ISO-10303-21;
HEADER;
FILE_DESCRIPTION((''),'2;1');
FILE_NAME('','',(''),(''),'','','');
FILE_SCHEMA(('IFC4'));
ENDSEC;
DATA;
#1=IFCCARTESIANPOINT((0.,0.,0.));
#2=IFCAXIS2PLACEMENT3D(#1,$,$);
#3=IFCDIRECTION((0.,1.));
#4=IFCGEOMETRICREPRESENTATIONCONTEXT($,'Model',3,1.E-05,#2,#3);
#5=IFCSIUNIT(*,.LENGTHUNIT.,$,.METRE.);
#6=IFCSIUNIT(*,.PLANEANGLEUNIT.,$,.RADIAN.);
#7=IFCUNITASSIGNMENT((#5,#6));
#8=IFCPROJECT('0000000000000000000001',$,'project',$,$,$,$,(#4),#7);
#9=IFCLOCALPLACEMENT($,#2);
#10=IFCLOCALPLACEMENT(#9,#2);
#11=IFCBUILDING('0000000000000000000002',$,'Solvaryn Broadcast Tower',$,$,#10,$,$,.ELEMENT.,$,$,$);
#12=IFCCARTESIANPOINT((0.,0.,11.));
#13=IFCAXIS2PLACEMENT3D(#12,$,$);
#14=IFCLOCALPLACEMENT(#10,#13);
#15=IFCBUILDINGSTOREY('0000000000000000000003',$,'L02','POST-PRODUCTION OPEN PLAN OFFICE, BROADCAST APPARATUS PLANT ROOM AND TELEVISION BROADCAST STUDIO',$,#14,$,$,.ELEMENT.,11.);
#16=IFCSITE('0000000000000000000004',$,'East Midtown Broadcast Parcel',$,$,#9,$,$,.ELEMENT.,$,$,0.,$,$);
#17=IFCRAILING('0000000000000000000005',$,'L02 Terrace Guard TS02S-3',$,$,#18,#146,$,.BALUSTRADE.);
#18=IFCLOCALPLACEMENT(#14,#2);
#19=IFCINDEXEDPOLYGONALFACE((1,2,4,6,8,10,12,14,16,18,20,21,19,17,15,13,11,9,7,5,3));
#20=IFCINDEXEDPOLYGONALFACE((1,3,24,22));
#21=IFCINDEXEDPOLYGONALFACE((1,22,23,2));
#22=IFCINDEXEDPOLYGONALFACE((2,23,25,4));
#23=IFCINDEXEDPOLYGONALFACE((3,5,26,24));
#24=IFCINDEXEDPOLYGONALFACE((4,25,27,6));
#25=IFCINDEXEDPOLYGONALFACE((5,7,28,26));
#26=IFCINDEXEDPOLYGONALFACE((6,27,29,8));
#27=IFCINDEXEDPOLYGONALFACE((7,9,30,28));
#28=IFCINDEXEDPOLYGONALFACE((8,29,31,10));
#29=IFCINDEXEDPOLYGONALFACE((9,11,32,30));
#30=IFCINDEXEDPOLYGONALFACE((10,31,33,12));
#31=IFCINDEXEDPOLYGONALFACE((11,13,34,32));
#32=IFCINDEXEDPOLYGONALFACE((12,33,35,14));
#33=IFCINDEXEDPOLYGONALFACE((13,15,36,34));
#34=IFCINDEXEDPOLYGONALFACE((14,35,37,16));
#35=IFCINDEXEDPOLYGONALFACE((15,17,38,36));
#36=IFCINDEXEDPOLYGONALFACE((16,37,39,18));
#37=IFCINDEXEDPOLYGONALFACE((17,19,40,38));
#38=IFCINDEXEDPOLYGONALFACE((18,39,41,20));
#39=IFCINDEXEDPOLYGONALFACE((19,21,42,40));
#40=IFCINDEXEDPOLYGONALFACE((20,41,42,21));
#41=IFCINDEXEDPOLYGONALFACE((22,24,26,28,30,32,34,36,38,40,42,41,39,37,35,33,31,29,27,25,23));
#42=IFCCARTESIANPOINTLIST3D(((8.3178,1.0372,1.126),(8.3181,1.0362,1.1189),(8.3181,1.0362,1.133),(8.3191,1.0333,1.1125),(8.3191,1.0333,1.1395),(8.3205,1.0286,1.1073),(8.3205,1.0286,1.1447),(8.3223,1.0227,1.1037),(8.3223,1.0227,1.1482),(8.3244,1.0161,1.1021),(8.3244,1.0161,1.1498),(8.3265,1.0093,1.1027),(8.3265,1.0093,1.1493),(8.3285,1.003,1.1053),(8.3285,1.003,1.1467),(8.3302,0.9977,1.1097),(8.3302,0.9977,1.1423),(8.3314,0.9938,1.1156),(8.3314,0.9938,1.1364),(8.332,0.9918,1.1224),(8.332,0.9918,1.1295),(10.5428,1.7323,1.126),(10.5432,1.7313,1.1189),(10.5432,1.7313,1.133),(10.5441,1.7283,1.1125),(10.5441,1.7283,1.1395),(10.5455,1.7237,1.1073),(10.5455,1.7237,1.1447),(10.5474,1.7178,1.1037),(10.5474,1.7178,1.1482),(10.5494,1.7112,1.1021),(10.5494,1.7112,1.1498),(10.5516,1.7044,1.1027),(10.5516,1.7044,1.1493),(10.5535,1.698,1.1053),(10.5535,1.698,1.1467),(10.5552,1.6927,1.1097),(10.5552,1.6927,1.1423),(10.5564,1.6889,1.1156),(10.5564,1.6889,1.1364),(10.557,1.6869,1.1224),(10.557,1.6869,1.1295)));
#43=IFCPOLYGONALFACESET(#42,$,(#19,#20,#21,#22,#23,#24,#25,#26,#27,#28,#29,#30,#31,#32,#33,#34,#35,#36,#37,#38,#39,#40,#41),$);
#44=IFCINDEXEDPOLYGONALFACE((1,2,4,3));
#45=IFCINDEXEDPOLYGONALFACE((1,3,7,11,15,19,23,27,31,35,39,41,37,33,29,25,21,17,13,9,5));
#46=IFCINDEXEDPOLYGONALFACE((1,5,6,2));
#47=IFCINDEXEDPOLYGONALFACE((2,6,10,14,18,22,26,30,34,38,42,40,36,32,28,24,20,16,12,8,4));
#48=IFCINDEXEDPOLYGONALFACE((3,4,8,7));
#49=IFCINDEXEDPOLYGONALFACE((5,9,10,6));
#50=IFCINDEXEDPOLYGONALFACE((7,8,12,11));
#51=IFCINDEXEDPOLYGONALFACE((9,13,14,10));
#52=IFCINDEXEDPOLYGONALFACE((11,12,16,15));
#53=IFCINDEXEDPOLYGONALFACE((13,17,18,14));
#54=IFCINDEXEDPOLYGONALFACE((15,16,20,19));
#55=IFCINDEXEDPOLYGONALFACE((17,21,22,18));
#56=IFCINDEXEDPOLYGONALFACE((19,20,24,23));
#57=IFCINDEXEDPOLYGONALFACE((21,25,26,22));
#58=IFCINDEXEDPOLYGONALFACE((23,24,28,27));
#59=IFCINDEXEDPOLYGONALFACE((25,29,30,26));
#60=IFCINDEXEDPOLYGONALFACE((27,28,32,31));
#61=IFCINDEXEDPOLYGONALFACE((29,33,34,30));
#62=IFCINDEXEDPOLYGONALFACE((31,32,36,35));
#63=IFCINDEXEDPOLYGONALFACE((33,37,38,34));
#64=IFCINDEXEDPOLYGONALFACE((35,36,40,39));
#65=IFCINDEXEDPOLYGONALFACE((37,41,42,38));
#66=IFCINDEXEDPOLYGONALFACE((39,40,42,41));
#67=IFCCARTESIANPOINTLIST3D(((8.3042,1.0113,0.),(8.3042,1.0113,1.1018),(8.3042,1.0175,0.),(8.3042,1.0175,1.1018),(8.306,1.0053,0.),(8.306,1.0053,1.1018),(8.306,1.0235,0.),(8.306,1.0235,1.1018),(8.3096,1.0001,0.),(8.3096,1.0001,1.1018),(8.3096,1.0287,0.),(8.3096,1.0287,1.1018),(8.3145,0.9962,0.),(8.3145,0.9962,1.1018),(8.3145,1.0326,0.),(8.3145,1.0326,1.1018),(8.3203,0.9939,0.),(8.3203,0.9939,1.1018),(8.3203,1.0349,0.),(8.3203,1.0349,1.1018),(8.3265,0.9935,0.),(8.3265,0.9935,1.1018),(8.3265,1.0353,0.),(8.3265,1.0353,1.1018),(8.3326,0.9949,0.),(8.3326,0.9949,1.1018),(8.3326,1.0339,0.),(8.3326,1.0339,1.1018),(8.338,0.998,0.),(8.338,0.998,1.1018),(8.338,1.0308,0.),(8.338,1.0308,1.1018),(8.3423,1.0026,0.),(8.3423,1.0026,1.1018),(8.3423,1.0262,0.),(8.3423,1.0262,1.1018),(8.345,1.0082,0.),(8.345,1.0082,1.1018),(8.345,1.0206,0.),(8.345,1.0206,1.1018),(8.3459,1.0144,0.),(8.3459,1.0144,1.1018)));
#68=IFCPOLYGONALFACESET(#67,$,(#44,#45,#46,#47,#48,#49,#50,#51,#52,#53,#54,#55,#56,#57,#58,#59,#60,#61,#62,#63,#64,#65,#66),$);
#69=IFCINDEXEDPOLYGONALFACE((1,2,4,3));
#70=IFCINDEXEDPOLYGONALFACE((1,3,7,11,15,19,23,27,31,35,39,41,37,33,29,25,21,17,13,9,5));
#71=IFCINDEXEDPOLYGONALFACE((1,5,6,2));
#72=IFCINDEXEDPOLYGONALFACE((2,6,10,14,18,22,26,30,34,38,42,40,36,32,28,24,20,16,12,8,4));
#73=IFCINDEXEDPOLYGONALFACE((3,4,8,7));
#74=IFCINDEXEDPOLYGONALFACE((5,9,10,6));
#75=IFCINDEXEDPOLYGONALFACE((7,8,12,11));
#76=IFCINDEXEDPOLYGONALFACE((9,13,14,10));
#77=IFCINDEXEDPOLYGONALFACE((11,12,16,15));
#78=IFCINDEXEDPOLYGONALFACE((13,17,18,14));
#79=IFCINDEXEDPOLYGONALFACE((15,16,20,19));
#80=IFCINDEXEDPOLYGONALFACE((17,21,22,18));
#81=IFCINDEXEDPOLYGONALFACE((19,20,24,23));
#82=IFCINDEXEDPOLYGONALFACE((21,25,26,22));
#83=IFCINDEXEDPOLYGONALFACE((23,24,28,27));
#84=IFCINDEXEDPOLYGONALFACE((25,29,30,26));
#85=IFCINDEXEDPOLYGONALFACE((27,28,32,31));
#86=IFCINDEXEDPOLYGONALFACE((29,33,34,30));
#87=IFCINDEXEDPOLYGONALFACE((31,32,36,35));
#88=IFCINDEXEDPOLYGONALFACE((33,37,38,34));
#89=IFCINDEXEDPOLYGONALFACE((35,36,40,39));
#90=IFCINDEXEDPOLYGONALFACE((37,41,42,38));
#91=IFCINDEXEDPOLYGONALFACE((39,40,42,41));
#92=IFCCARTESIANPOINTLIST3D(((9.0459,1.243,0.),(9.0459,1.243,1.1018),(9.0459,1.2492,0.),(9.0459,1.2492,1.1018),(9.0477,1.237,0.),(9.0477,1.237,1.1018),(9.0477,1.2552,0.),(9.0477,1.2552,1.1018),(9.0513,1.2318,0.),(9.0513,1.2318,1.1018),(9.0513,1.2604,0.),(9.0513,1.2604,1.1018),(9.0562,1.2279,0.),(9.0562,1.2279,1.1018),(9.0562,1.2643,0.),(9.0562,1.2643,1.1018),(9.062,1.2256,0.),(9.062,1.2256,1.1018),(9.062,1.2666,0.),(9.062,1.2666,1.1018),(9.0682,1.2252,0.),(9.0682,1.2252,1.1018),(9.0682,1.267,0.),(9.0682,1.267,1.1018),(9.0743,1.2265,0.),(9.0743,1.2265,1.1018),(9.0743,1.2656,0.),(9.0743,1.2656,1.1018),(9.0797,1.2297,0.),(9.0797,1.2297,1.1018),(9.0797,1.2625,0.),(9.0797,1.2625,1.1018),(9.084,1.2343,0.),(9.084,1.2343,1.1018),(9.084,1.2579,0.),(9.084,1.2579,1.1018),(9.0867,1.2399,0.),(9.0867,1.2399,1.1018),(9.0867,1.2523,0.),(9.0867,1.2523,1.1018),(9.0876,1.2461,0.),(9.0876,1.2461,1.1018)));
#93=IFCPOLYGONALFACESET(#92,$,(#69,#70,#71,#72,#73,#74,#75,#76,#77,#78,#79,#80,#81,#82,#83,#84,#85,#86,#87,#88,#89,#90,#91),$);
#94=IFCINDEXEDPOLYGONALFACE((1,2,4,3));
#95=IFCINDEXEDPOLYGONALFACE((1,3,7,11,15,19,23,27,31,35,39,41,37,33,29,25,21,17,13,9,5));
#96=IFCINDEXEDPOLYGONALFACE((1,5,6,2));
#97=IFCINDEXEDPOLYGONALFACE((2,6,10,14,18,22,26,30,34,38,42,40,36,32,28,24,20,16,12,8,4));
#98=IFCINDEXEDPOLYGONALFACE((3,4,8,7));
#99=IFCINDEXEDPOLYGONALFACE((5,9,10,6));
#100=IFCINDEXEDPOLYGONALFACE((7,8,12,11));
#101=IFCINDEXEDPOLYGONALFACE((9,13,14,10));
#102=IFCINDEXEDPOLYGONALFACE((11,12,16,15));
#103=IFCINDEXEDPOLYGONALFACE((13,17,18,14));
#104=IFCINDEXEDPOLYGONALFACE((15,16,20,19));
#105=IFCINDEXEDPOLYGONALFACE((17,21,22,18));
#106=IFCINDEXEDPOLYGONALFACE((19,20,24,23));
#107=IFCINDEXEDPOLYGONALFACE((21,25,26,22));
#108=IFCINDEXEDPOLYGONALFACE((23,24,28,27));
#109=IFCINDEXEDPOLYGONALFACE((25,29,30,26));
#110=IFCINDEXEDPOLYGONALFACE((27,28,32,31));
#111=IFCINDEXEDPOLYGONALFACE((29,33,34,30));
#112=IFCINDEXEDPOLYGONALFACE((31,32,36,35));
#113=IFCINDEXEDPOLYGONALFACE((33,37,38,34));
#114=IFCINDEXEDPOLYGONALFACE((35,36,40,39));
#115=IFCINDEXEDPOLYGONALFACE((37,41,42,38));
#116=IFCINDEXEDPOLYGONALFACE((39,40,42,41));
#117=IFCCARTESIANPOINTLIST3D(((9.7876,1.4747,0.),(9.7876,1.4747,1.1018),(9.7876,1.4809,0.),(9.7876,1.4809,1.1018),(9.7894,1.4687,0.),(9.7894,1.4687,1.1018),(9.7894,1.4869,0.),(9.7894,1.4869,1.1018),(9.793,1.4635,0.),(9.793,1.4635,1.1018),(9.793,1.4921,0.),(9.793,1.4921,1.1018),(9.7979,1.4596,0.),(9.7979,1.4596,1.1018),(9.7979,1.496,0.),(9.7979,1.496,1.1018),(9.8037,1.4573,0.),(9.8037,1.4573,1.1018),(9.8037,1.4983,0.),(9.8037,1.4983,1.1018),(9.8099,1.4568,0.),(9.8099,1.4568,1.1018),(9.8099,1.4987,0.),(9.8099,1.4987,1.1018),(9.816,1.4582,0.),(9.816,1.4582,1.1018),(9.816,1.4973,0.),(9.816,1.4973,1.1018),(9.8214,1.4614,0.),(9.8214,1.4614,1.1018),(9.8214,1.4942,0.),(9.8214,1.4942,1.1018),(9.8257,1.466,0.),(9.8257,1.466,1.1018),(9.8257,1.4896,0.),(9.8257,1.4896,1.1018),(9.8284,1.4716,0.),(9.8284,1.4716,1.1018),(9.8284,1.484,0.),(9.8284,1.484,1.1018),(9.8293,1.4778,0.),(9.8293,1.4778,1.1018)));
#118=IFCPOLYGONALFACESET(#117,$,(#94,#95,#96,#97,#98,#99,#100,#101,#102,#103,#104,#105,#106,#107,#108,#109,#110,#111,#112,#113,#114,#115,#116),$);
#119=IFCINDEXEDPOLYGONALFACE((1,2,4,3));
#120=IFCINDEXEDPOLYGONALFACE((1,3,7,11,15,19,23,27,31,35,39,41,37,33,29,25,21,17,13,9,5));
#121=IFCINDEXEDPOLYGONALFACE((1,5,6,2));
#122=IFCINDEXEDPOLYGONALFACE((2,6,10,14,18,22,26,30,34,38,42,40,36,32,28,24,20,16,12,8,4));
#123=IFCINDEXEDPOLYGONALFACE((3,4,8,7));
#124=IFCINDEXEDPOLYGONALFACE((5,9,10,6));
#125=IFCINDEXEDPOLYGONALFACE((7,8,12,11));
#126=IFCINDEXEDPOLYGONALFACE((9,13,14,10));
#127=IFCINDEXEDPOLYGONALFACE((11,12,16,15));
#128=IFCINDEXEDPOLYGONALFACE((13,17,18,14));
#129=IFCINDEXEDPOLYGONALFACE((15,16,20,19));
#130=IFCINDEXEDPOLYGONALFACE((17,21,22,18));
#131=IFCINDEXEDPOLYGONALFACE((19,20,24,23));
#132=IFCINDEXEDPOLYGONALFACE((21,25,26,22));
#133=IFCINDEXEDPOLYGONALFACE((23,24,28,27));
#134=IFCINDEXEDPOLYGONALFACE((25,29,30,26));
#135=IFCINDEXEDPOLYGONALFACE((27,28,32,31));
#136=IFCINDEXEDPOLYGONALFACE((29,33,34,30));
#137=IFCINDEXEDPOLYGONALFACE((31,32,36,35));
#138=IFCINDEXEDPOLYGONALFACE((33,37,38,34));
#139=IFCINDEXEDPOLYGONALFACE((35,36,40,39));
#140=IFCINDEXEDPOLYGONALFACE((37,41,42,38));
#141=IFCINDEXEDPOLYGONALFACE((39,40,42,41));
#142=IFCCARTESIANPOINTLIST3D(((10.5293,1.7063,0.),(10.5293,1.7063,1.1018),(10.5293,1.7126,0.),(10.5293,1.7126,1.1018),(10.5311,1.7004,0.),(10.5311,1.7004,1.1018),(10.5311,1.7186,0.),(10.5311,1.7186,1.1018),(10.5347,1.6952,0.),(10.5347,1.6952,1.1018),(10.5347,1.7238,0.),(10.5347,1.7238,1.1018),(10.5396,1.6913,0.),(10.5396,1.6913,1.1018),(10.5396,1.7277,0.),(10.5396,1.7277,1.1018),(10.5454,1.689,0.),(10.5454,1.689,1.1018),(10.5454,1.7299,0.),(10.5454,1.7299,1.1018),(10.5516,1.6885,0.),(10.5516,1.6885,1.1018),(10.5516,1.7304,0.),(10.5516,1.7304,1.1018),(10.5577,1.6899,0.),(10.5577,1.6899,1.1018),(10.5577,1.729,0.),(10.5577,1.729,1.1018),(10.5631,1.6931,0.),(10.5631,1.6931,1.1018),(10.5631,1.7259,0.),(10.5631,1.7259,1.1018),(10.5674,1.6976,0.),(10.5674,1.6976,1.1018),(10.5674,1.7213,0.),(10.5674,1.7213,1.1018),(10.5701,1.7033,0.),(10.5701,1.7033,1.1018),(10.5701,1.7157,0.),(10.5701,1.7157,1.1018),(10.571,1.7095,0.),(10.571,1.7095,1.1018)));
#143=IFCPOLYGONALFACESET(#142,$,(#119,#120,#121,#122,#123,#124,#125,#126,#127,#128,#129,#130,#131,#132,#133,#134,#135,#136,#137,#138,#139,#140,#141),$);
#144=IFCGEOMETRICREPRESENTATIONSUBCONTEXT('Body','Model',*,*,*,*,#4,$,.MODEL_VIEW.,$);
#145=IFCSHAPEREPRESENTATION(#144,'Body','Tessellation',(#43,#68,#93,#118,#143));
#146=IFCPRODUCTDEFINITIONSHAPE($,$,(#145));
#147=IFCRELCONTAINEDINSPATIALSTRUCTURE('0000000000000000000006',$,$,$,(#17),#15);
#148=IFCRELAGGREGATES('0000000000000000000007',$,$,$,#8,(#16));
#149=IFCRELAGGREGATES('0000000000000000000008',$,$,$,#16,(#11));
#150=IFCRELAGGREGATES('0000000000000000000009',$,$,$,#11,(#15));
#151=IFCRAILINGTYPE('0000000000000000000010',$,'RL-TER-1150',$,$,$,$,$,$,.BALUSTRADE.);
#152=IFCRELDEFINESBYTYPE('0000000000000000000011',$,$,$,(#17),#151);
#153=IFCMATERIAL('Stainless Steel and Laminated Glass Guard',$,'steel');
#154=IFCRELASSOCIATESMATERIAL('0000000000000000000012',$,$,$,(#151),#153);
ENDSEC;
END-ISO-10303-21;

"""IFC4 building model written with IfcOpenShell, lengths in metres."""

from ifc_helpers import new_model, si_unit, direction, frame, origin, origin_2d, place, context, subcontext, project, spatial, circle, extrude, material, type_object, element, save


model = new_model("IFC4")

# Units and contexts
model_context = context("Model", 3, precision=1e-05, world=origin(), true_north=direction((0.0, 1.0)))
body_context = subcontext(model_context, "Body", "Model", "MODEL_VIEW")
ifc_project = project(units=[si_unit("LENGTHUNIT", "METRE"), si_unit("PLANEANGLEUNIT", "RADIAN")], contexts=[model_context])

# Site, building, storey
site_placement = place(None, origin())
site = spatial("IfcSite", under=ifc_project, at=site_placement, Name="East Midtown Broadcast Parcel", CompositionType="ELEMENT", RefElevation=0.0)
building_placement = place(site_placement, origin())
building = spatial("IfcBuilding", under=site, at=building_placement, Name="Solvaryn Broadcast Tower", CompositionType="ELEMENT")
storey_placement = place(building_placement, frame((0.0, 0.0, 11.0)))
storey = spatial("IfcBuildingStorey", under=building, at=storey_placement, Name="L02", Description="POST-PRODUCTION OPEN PLAN OFFICE, BROADCAST APPARATUS PLANT ROOM AND TELEVISION BROADCAST STUDIO", CompositionType="ELEMENT", Elevation=11.0)

# Railing
ifc_material_1 = material(Name="Stainless Steel and Laminated Glass Guard", Category="steel")
railing_type = type_object("IfcRailingType", Name="RL-TER-1150", PredefinedType="BALUSTRADE", material=ifc_material_1)
railing_1_placement = place(storey_placement, frame((8.325, 1.0144, 0.0)))
element("IfcRailing", 1, at=railing_1_placement, inside=storey, type_object=railing_type, Name="L02 Terrace Guard TS02S-3", PredefinedType="BALUSTRADE", context=body_context, shape_type="SweptSolid", body=[
    extrude(circle(Radius=0.0239, at=origin_2d()), frame((0.0, 0.0, 1.126), z_axis=(0.954514, 0.298168, 0.0), x_axis=(-0.298168, 0.954514, 0.0)), (0.0, 0.0, 1.0), 2.3311),
    extrude(circle(Radius=0.021, at=origin_2d()), origin(), (0.0, 0.0, 1.0), 1.1018),
    extrude(circle(Radius=0.021, at=origin_2d()), frame((0.7417, 0.2317, 0.0)), (0.0, 0.0, 1.0), 1.1018),
    extrude(circle(Radius=0.021, at=origin_2d()), frame((1.4834, 0.4634, 0.0)), (0.0, 0.0, 1.0), 1.1018),
    extrude(circle(Radius=0.021, at=origin_2d()), frame((2.2251, 0.6951, 0.0)), (0.0, 0.0, 1.0), 1.1018),
])

save(model, "model.ifc")
